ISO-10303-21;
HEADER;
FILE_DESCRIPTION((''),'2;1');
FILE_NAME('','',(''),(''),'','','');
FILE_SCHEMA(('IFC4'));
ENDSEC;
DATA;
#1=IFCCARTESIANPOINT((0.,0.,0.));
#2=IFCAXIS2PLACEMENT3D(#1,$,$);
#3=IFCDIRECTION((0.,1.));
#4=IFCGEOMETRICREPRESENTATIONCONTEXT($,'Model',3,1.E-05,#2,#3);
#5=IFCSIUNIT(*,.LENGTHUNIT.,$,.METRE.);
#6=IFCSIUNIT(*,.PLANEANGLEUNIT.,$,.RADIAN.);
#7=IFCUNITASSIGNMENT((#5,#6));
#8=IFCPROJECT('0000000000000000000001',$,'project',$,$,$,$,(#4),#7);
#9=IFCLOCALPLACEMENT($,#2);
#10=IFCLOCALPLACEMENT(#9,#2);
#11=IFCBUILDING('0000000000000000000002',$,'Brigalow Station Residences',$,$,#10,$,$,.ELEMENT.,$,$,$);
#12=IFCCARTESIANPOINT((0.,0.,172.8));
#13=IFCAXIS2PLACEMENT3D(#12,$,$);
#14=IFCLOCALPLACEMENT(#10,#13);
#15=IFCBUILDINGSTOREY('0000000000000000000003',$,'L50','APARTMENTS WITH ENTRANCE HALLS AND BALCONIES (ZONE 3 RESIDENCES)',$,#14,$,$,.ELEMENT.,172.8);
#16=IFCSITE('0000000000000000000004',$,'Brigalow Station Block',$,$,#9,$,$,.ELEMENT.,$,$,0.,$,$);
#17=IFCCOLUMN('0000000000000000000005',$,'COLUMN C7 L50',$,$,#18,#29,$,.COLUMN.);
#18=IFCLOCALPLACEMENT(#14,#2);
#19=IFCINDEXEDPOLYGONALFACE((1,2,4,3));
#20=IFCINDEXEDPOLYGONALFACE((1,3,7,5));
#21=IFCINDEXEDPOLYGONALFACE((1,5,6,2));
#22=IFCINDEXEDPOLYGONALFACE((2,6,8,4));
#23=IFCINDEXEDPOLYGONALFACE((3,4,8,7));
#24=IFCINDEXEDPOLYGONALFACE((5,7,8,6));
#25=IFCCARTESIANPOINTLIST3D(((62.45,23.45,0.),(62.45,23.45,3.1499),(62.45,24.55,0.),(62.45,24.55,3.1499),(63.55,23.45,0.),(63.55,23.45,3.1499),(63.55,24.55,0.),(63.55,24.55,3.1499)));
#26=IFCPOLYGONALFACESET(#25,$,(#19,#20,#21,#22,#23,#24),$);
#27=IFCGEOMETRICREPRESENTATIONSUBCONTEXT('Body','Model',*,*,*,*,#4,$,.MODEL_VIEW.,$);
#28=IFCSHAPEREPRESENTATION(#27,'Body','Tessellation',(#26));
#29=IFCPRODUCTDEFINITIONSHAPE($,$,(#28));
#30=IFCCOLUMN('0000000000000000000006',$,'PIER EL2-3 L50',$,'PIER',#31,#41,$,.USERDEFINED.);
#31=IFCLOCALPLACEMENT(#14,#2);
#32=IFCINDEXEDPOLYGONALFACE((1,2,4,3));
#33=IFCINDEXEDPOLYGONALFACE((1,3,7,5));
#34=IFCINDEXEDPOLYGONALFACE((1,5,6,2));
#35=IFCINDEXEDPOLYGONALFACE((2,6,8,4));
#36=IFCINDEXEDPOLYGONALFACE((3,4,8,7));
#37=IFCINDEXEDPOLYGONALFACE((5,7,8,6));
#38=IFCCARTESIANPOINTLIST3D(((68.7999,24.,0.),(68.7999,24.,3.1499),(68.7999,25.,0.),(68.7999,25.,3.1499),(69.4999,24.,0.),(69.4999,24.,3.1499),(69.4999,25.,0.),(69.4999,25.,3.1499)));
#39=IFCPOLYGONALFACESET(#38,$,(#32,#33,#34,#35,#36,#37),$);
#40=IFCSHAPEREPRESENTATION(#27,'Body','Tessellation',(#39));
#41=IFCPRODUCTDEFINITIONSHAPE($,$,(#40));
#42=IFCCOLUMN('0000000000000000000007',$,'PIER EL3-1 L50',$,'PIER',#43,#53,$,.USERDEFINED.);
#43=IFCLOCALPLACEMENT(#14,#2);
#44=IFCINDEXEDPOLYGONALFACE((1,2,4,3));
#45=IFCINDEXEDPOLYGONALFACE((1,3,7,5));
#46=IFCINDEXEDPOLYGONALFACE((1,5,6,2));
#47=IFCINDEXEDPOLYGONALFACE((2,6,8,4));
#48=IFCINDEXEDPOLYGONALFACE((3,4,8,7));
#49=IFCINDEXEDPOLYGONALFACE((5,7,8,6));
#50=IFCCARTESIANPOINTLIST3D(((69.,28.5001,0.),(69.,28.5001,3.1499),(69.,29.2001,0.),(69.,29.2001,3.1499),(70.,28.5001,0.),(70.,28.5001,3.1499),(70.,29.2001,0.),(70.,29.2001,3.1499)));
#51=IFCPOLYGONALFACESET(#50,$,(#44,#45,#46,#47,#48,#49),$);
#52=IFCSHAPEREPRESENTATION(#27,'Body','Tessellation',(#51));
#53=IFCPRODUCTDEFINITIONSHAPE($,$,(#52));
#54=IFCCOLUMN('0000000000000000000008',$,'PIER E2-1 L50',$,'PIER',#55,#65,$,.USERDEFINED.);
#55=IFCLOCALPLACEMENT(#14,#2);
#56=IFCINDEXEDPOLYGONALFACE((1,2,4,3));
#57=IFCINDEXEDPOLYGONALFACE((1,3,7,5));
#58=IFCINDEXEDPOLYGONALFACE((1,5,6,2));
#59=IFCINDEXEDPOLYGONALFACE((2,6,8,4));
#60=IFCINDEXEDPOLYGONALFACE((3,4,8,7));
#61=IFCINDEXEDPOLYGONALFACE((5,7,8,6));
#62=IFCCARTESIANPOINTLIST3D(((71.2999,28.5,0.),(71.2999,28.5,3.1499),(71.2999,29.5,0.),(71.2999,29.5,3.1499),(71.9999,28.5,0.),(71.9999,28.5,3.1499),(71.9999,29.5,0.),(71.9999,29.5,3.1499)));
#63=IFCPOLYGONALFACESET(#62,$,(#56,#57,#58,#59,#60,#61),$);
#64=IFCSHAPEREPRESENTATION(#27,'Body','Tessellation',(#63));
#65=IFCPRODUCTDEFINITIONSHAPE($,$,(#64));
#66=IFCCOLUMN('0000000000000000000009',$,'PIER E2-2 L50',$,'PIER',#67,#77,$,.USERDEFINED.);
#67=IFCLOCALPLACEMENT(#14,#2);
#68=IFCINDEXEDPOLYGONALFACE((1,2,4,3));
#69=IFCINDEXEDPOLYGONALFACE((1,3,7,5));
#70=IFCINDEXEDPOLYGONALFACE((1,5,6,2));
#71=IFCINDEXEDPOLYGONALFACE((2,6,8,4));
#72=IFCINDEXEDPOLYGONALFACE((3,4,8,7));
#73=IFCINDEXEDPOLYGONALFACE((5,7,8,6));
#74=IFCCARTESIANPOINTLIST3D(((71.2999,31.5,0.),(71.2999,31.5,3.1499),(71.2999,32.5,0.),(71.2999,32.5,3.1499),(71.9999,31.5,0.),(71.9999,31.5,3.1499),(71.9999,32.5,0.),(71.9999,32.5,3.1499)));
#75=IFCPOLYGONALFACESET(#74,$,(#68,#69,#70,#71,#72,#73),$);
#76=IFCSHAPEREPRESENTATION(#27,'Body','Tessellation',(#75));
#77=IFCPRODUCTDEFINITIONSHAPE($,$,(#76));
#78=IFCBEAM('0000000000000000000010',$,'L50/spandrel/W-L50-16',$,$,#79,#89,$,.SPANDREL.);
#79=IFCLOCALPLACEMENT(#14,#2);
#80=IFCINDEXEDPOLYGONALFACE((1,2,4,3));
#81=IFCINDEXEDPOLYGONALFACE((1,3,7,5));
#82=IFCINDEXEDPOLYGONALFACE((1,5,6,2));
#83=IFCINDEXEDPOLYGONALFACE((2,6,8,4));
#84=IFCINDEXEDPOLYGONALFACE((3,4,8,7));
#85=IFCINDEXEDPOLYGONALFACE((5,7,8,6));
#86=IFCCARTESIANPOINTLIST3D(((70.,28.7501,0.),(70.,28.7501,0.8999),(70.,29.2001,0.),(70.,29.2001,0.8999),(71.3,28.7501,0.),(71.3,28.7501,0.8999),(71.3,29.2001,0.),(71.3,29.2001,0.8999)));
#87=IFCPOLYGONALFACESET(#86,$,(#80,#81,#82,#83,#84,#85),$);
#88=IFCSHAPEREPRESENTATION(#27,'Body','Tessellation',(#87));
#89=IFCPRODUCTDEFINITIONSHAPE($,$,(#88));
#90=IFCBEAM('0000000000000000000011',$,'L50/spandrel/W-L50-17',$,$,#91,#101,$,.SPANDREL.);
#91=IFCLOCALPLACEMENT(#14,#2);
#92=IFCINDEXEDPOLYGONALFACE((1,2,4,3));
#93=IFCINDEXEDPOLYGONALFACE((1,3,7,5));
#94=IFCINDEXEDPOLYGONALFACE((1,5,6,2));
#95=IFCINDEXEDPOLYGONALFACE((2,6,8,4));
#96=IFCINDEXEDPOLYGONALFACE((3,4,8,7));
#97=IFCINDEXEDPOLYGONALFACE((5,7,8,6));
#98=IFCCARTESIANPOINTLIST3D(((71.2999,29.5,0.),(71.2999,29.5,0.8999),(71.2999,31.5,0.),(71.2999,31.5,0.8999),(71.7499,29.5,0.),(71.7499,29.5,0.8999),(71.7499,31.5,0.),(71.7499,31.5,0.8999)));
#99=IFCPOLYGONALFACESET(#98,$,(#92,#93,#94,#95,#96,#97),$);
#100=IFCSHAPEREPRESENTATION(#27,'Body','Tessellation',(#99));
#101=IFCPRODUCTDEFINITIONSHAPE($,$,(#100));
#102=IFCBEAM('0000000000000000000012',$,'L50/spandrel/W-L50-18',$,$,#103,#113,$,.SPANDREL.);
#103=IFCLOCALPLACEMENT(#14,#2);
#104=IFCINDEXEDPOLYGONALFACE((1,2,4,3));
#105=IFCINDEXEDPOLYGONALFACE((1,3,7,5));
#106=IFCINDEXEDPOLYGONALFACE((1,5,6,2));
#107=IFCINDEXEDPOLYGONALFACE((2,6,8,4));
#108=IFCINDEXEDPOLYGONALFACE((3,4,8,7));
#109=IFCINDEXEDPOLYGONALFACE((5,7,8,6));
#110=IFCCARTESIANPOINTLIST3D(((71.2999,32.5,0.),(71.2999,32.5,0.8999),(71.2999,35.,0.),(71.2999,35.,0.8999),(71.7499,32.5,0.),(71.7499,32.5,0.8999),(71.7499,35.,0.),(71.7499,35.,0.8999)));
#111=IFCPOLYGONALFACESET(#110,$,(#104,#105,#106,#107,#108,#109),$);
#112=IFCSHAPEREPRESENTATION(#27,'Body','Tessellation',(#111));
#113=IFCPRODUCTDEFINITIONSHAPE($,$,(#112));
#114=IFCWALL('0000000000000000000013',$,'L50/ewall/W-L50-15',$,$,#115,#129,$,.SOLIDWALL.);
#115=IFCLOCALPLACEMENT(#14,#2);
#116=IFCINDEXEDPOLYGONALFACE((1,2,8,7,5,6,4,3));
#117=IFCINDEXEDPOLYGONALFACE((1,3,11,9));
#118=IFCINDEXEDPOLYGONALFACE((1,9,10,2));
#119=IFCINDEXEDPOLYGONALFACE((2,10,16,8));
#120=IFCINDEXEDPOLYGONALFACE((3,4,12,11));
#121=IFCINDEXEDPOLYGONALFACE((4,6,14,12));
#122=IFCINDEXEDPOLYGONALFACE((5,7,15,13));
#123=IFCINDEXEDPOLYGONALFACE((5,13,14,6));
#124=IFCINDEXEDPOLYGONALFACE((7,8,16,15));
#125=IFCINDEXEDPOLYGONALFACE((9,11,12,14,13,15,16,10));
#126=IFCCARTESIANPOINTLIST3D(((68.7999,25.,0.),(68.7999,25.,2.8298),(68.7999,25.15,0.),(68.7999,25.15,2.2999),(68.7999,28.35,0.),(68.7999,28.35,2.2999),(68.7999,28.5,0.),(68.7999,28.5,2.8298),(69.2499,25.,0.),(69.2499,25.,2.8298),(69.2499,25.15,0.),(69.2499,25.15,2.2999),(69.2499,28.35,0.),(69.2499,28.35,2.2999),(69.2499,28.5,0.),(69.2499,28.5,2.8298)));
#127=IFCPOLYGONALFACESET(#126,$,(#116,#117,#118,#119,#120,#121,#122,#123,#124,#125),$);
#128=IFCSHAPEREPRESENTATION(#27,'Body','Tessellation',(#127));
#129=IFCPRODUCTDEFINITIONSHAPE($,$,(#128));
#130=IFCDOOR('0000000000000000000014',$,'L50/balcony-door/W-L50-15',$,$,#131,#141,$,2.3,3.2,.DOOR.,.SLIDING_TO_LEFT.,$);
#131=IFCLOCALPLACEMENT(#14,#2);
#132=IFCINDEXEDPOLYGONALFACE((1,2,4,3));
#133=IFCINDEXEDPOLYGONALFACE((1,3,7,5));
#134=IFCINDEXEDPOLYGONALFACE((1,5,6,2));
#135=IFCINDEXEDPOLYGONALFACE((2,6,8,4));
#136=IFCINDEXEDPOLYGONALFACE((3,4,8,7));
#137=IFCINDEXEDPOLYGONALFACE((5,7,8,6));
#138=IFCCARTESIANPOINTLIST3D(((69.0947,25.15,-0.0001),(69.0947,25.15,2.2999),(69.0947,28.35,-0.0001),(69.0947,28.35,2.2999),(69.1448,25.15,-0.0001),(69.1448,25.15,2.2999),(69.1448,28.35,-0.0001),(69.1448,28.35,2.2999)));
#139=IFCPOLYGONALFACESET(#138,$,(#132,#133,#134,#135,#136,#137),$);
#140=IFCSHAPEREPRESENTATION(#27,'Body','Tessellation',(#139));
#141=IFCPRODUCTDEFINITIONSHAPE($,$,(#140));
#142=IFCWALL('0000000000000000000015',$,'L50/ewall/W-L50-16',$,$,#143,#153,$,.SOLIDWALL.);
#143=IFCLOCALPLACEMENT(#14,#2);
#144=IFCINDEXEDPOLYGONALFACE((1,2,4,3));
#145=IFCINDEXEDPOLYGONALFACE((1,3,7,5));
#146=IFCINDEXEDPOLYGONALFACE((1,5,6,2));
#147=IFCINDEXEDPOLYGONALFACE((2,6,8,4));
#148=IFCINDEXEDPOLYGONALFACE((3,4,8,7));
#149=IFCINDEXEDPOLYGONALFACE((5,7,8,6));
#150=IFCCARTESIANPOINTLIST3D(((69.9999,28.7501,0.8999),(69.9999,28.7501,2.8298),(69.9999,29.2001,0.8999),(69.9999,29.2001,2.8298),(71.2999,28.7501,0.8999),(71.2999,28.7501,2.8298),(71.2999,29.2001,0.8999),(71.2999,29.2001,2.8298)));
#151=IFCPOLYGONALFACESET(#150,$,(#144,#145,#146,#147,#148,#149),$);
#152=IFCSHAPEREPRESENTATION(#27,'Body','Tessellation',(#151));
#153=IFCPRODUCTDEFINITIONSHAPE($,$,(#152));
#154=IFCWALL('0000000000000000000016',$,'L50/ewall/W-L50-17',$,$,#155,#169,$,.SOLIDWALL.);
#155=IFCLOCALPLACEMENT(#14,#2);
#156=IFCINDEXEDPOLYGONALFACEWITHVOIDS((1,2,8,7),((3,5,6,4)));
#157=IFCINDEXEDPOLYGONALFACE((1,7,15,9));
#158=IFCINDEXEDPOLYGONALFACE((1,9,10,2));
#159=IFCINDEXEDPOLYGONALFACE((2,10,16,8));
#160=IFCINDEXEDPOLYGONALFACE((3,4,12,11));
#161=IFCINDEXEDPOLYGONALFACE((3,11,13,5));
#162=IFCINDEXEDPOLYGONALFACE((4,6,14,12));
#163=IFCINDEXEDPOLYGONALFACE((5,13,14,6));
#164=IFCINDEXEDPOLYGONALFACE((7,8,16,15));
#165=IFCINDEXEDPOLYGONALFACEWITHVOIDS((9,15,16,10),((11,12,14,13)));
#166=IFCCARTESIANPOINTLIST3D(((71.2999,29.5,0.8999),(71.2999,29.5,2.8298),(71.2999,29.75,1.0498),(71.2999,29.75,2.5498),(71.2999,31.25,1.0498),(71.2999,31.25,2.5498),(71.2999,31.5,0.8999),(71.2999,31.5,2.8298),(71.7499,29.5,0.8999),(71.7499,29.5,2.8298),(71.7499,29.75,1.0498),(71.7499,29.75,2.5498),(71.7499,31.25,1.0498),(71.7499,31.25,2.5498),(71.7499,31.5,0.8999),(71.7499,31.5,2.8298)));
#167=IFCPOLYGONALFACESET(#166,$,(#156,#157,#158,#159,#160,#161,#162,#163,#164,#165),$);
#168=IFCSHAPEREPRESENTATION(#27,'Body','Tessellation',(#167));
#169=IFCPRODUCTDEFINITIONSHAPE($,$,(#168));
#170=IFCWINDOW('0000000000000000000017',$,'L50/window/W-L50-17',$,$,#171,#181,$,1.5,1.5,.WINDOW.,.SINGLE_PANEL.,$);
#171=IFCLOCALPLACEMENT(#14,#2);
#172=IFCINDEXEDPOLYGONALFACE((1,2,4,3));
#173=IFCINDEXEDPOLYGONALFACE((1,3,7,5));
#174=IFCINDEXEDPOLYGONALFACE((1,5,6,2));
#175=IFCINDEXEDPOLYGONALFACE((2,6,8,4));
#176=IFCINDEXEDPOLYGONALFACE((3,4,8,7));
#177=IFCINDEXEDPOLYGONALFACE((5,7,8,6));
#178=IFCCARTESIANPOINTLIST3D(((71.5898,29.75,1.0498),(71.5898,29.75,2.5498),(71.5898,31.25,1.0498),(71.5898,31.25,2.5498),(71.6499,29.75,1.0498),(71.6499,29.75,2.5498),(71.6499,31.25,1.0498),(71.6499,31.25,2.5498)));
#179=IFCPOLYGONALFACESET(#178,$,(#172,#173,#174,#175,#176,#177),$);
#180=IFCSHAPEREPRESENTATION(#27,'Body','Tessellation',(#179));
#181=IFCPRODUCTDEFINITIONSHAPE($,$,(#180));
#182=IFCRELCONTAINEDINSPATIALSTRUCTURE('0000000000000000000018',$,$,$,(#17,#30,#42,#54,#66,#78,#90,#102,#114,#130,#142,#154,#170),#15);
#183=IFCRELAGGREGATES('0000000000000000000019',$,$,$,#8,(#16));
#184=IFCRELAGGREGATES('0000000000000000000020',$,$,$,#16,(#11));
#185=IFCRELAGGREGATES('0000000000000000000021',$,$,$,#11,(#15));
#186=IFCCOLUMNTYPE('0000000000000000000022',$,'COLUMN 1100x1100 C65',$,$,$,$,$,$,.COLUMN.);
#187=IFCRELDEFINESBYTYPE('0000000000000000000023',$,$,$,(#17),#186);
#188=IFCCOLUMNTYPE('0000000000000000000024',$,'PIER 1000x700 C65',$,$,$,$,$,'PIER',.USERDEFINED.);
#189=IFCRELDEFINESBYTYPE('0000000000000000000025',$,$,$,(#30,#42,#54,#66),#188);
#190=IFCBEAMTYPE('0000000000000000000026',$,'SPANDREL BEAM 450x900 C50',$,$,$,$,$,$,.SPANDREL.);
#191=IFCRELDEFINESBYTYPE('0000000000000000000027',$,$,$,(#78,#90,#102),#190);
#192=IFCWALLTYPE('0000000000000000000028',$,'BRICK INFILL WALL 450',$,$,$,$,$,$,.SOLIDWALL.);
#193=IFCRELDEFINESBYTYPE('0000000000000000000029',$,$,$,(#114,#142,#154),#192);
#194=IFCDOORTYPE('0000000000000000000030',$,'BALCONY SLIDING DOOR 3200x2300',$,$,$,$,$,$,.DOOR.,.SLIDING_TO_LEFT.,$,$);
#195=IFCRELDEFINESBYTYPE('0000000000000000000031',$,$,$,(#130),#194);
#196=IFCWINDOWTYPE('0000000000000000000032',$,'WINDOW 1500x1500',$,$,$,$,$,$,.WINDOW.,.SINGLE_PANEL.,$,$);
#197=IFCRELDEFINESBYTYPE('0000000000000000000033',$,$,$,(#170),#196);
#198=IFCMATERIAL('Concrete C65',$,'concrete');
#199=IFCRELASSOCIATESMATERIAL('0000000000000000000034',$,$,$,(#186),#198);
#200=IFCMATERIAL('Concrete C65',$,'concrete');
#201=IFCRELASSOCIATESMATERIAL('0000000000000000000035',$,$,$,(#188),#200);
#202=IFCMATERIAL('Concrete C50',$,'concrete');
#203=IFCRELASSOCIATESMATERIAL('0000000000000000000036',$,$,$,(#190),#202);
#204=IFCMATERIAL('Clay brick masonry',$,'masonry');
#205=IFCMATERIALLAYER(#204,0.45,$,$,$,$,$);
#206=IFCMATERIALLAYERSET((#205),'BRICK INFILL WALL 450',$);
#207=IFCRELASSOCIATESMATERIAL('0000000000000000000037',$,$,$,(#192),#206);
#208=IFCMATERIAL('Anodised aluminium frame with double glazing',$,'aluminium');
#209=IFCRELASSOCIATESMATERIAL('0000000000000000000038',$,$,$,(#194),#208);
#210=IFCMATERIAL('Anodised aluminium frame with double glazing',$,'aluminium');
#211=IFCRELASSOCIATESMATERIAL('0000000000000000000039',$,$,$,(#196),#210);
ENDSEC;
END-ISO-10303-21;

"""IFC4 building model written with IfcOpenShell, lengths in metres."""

from ifc_helpers import new_model, si_unit, direction, frame, frame_2d, origin, origin_2d, place, context, subcontext, project, spatial, rectangle, extrude, material, layer, layer_set, material_profile, profile_set, type_object, element, fill, save


model = new_model("IFC4")

# Units and contexts
model_context = context("Model", 3, precision=1e-05, world=origin(), true_north=direction((0.0, 1.0)))
body_context = subcontext(model_context, "Body", "Model", "MODEL_VIEW")
ifc_project = project(units=[si_unit("LENGTHUNIT", "METRE"), si_unit("PLANEANGLEUNIT", "RADIAN")], contexts=[model_context])

# Site, building, storey
site_placement = place(None, origin())
site = spatial("IfcSite", under=ifc_project, at=site_placement, Name="Brigalow Station Block", CompositionType="ELEMENT", RefElevation=0.0)
building_placement = place(site_placement, origin())
building = spatial("IfcBuilding", under=site, at=building_placement, Name="Brigalow Station Residences", CompositionType="ELEMENT")
storey_placement = place(building_placement, frame((0.0, 0.0, 172.8)))
storey = spatial("IfcBuildingStorey", under=building, at=storey_placement, Name="L50", Description="APARTMENTS WITH ENTRANCE HALLS AND BALCONIES (ZONE 3 RESIDENCES)", CompositionType="ELEMENT", Elevation=172.8)

# Columns
ifc_material_1 = material(Name="Concrete C65", Category="concrete")
ifc_material_profile_1 = material_profile(ifc_material_1, rectangle(XDim=1.1001, YDim=1.1001, at=origin_2d()), Name="RC1100x1100")
ifc_profile_set_1 = profile_set([ifc_material_profile_1], Name="Concrete C65")
column_type_1 = type_object("IfcColumnType", Name="COLUMN 1100x1100 C65", PredefinedType="COLUMN", material=ifc_profile_set_1)
column_placement = place(storey_placement, frame((63.0, 24.0, 0.0), z_axis=(0.0, 0.0, 1.0), x_axis=(1.0, 0.0, 0.0)))
element("IfcColumn", 1, at=column_placement, inside=storey, type_object=column_type_1, Name="COLUMN C7 L50", PredefinedType="COLUMN", context=body_context, shape_type="SweptSolid", body=[
    extrude(rectangle(XDim=1.1001, YDim=1.1001, at=origin_2d()), origin(), (0.0, 0.0, 1.0), 3.1499),
])
ifc_material_2 = material(Name="Concrete C65", Category="concrete")
ifc_material_profile_2 = material_profile(ifc_material_2, rectangle(XDim=1.0, YDim=0.7, at=origin_2d()), Name="RC1000x700")
ifc_profile_set_2 = profile_set([ifc_material_profile_2], Name="Concrete C65")
column_type_2 = type_object("IfcColumnType", Name="PIER 1000x700 C65", ElementType="PIER", PredefinedType="USERDEFINED", material=ifc_profile_set_2)
for number, where, z_axis, x_axis, name in (
    (2, (69.1499, 24.5, 0.0), (0.0, 0.0, 1.0), (0.0, 1.0, 0.0), "PIER EL2-3 L50"),
    (3, (69.5, 28.8501, 0.0), (0.0, 0.0, 1.0), (1.0, 0.0, 0.0), "PIER EL3-1 L50"),
    (4, (71.6499, 29.0, 0.0), (0.0, 0.0, 1.0), (0.0, 1.0, 0.0), "PIER E2-1 L50"),
    (5, (71.6499, 32.0, 0.0), (0.0, 0.0, 1.0), (0.0, 1.0, 0.0), "PIER E2-2 L50"),
):
    element("IfcColumn", number, at=place(storey_placement, frame(where, z_axis=z_axis, x_axis=x_axis)), inside=storey, type_object=column_type_2, Name=name, ObjectType="PIER", PredefinedType="USERDEFINED", context=body_context, shape_type="SweptSolid", body=[
        extrude(rectangle(XDim=1.0, YDim=0.7, at=origin_2d()), origin(), (0.0, 0.0, 1.0), 3.1499),
    ])

# Beams
ifc_material_3 = material(Name="Concrete C50", Category="concrete")
ifc_material_profile_3 = material_profile(ifc_material_3, rectangle(XDim=0.45, YDim=0.8999, at=origin_2d()), Name="RC450x900")
ifc_profile_set_3 = profile_set([ifc_material_profile_3], Name="Concrete C50")
beam_type = type_object("IfcBeamType", Name="SPANDREL BEAM 450x900 C50", PredefinedType="SPANDREL", material=ifc_profile_set_3)
beam_1_placement = place(storey_placement, frame((70.0, 28.9751, 0.45), z_axis=(1.0, 0.0, 0.0), x_axis=(0.0, 1.0, 0.0)))
element("IfcBeam", 6, at=beam_1_placement, inside=storey, type_object=beam_type, Name="L50/spandrel/W-L50-16", PredefinedType="SPANDREL", context=body_context, shape_type="SweptSolid", body=[
    extrude(rectangle(XDim=0.45, YDim=0.8999, at=origin_2d()), origin(), (0.0, 0.0, 1.0), 1.3),
])
beam_2_placement = place(storey_placement, frame((71.5249, 29.5, 0.45), z_axis=(0.0, 1.0, 0.0), x_axis=(-1.0, 0.0, 0.0)))
element("IfcBeam", 7, at=beam_2_placement, inside=storey, type_object=beam_type, Name="L50/spandrel/W-L50-17", PredefinedType="SPANDREL", context=body_context, shape_type="SweptSolid", body=[
    extrude(rectangle(XDim=0.45, YDim=0.8999, at=origin_2d()), origin(), (0.0, 0.0, 1.0), 2.0),
])
beam_3_placement = place(storey_placement, frame((71.5249, 32.5, 0.45), z_axis=(0.0, 1.0, 0.0), x_axis=(-1.0, 0.0, 0.0)))
element("IfcBeam", 8, at=beam_3_placement, inside=storey, type_object=beam_type, Name="L50/spandrel/W-L50-18", PredefinedType="SPANDREL", context=body_context, shape_type="SweptSolid", body=[
    extrude(rectangle(XDim=0.45, YDim=0.8999, at=origin_2d()), origin(), (0.0, 0.0, 1.0), 2.5),
])

# Wall, opening, door
ifc_material_4 = material(Name="Clay brick masonry", Category="masonry")
ifc_layer_1 = layer(ifc_material_4, 0.45)
ifc_layer_set_1 = layer_set([ifc_layer_1], Name="BRICK INFILL WALL 450")
wall_type_1 = type_object("IfcWallType", Name="BRICK INFILL WALL 450", PredefinedType="SOLIDWALL", material=ifc_layer_set_1)
wall_1_placement = place(storey_placement, frame((69.0249, 25.0, 0.0), z_axis=(0.0, 0.0, 1.0), x_axis=(0.0, 1.0, 0.0)))
wall_1 = element("IfcWall", 9, at=wall_1_placement, inside=storey, type_object=wall_type_1, Name="L50/ewall/W-L50-15", PredefinedType="SOLIDWALL", context=body_context, shape_type="SweptSolid", body=[
    extrude(rectangle(XDim=3.5, YDim=0.45, at=frame_2d((1.75, 0.0))), origin(), (0.0, 0.0, 1.0), 2.8298),
])
opening_1_placement = place(wall_1_placement, frame((0.1499, 0.0, 0.0)))
opening_1 = element("IfcOpeningElement", 10, at=opening_1_placement, cuts=wall_1, PredefinedType="OPENING", context=body_context, shape_type="SweptSolid", body=[
    extrude(rectangle(XDim=3.2, YDim=2.3, at=frame_2d((1.6001, 1.1499))), frame((0.0, 0.2349, 0.0), z_axis=(0.0, -1.0, 0.0), x_axis=(1.0, 0.0, 0.0)), (0.0, 0.0, 1.0), 0.47),
])
ifc_material_5 = material(Name="Anodised aluminium frame with double glazing", Category="aluminium")
door_type_1 = type_object("IfcDoorType", Name="BALCONY SLIDING DOOR 3200x2300", OperationType="SLIDING_TO_LEFT", PredefinedType="DOOR", material=ifc_material_5)
door_1_placement = place(opening_1_placement, origin())
door_1 = element("IfcDoor", 11, at=door_1_placement, inside=storey, type_object=door_type_1, Name="L50/balcony-door/W-L50-15", OperationType="SLIDING_TO_LEFT", OverallHeight=2.3, OverallWidth=3.2, PredefinedType="DOOR", context=body_context, shape_type="SweptSolid", body=[
    extrude(rectangle(XDim=3.2, YDim=2.3, at=frame_2d((1.6001, 1.1499))), frame((0.0, -0.0698, 0.0), z_axis=(0.0, -1.0, 0.0), x_axis=(1.0, 0.0, 0.0)), (0.0, 0.0, 1.0), 0.05),
])
fill(opening_1, door_1)

# Wall
wall_2_placement = place(storey_placement, frame((70.0, 28.9751, 0.8999), z_axis=(0.0, 0.0, 1.0), x_axis=(1.0, 0.0, 0.0)))
element("IfcWall", 12, at=wall_2_placement, inside=storey, type_object=wall_type_1, Name="L50/ewall/W-L50-16", PredefinedType="SOLIDWALL", context=body_context, shape_type="SweptSolid", body=[
    extrude(rectangle(XDim=1.3, YDim=0.45, at=frame_2d((0.6499, 0.0))), origin(), (0.0, 0.0, 1.0), 1.9299),
])

# Wall, opening, window
wall_3_placement = place(storey_placement, frame((71.5249, 29.5, 0.8999), z_axis=(0.0, 0.0, 1.0), x_axis=(0.0, 1.0, 0.0)))
wall_3 = element("IfcWall", 13, at=wall_3_placement, inside=storey, type_object=wall_type_1, Name="L50/ewall/W-L50-17", PredefinedType="SOLIDWALL", context=body_context, shape_type="SweptSolid", body=[
    extrude(rectangle(XDim=2.0, YDim=0.45, at=frame_2d((1.0, 0.0))), origin(), (0.0, 0.0, 1.0), 1.9299),
])
opening_2_placement = place(wall_3_placement, frame((0.25, 0.0, 0.1499)))
opening_2 = element("IfcOpeningElement", 14, at=opening_2_placement, cuts=wall_3, PredefinedType="OPENING", context=body_context, shape_type="SweptSolid", body=[
    extrude(rectangle(XDim=1.5, YDim=1.5, at=frame_2d((0.75, 0.75))), frame((0.0, 0.2349, 0.0), z_axis=(0.0, -1.0, 0.0), x_axis=(1.0, 0.0, 0.0)), (0.0, 0.0, 1.0), 0.47),
])
ifc_material_6 = material(Name="Anodised aluminium frame with double glazing", Category="aluminium")
window_type_1 = type_object("IfcWindowType", Name="WINDOW 1500x1500", PartitioningType="SINGLE_PANEL", PredefinedType="WINDOW", material=ifc_material_6)
window_1_placement = place(opening_2_placement, origin())
window_1 = element("IfcWindow", 15, at=window_1_placement, inside=storey, type_object=window_type_1, Name="L50/window/W-L50-17", OverallHeight=1.5, OverallWidth=1.5, PartitioningType="SINGLE_PANEL", PredefinedType="WINDOW", context=body_context, shape_type="SweptSolid", body=[
    extrude(rectangle(XDim=1.5, YDim=1.5, at=frame_2d((0.75, 0.75))), frame((0.0, -0.0649, 0.0), z_axis=(0.0, -1.0, 0.0), x_axis=(1.0, 0.0, 0.0)), (0.0, 0.0, 1.0), 0.0601),
])
fill(opening_2, window_1)

save(model, "model.ifc")
